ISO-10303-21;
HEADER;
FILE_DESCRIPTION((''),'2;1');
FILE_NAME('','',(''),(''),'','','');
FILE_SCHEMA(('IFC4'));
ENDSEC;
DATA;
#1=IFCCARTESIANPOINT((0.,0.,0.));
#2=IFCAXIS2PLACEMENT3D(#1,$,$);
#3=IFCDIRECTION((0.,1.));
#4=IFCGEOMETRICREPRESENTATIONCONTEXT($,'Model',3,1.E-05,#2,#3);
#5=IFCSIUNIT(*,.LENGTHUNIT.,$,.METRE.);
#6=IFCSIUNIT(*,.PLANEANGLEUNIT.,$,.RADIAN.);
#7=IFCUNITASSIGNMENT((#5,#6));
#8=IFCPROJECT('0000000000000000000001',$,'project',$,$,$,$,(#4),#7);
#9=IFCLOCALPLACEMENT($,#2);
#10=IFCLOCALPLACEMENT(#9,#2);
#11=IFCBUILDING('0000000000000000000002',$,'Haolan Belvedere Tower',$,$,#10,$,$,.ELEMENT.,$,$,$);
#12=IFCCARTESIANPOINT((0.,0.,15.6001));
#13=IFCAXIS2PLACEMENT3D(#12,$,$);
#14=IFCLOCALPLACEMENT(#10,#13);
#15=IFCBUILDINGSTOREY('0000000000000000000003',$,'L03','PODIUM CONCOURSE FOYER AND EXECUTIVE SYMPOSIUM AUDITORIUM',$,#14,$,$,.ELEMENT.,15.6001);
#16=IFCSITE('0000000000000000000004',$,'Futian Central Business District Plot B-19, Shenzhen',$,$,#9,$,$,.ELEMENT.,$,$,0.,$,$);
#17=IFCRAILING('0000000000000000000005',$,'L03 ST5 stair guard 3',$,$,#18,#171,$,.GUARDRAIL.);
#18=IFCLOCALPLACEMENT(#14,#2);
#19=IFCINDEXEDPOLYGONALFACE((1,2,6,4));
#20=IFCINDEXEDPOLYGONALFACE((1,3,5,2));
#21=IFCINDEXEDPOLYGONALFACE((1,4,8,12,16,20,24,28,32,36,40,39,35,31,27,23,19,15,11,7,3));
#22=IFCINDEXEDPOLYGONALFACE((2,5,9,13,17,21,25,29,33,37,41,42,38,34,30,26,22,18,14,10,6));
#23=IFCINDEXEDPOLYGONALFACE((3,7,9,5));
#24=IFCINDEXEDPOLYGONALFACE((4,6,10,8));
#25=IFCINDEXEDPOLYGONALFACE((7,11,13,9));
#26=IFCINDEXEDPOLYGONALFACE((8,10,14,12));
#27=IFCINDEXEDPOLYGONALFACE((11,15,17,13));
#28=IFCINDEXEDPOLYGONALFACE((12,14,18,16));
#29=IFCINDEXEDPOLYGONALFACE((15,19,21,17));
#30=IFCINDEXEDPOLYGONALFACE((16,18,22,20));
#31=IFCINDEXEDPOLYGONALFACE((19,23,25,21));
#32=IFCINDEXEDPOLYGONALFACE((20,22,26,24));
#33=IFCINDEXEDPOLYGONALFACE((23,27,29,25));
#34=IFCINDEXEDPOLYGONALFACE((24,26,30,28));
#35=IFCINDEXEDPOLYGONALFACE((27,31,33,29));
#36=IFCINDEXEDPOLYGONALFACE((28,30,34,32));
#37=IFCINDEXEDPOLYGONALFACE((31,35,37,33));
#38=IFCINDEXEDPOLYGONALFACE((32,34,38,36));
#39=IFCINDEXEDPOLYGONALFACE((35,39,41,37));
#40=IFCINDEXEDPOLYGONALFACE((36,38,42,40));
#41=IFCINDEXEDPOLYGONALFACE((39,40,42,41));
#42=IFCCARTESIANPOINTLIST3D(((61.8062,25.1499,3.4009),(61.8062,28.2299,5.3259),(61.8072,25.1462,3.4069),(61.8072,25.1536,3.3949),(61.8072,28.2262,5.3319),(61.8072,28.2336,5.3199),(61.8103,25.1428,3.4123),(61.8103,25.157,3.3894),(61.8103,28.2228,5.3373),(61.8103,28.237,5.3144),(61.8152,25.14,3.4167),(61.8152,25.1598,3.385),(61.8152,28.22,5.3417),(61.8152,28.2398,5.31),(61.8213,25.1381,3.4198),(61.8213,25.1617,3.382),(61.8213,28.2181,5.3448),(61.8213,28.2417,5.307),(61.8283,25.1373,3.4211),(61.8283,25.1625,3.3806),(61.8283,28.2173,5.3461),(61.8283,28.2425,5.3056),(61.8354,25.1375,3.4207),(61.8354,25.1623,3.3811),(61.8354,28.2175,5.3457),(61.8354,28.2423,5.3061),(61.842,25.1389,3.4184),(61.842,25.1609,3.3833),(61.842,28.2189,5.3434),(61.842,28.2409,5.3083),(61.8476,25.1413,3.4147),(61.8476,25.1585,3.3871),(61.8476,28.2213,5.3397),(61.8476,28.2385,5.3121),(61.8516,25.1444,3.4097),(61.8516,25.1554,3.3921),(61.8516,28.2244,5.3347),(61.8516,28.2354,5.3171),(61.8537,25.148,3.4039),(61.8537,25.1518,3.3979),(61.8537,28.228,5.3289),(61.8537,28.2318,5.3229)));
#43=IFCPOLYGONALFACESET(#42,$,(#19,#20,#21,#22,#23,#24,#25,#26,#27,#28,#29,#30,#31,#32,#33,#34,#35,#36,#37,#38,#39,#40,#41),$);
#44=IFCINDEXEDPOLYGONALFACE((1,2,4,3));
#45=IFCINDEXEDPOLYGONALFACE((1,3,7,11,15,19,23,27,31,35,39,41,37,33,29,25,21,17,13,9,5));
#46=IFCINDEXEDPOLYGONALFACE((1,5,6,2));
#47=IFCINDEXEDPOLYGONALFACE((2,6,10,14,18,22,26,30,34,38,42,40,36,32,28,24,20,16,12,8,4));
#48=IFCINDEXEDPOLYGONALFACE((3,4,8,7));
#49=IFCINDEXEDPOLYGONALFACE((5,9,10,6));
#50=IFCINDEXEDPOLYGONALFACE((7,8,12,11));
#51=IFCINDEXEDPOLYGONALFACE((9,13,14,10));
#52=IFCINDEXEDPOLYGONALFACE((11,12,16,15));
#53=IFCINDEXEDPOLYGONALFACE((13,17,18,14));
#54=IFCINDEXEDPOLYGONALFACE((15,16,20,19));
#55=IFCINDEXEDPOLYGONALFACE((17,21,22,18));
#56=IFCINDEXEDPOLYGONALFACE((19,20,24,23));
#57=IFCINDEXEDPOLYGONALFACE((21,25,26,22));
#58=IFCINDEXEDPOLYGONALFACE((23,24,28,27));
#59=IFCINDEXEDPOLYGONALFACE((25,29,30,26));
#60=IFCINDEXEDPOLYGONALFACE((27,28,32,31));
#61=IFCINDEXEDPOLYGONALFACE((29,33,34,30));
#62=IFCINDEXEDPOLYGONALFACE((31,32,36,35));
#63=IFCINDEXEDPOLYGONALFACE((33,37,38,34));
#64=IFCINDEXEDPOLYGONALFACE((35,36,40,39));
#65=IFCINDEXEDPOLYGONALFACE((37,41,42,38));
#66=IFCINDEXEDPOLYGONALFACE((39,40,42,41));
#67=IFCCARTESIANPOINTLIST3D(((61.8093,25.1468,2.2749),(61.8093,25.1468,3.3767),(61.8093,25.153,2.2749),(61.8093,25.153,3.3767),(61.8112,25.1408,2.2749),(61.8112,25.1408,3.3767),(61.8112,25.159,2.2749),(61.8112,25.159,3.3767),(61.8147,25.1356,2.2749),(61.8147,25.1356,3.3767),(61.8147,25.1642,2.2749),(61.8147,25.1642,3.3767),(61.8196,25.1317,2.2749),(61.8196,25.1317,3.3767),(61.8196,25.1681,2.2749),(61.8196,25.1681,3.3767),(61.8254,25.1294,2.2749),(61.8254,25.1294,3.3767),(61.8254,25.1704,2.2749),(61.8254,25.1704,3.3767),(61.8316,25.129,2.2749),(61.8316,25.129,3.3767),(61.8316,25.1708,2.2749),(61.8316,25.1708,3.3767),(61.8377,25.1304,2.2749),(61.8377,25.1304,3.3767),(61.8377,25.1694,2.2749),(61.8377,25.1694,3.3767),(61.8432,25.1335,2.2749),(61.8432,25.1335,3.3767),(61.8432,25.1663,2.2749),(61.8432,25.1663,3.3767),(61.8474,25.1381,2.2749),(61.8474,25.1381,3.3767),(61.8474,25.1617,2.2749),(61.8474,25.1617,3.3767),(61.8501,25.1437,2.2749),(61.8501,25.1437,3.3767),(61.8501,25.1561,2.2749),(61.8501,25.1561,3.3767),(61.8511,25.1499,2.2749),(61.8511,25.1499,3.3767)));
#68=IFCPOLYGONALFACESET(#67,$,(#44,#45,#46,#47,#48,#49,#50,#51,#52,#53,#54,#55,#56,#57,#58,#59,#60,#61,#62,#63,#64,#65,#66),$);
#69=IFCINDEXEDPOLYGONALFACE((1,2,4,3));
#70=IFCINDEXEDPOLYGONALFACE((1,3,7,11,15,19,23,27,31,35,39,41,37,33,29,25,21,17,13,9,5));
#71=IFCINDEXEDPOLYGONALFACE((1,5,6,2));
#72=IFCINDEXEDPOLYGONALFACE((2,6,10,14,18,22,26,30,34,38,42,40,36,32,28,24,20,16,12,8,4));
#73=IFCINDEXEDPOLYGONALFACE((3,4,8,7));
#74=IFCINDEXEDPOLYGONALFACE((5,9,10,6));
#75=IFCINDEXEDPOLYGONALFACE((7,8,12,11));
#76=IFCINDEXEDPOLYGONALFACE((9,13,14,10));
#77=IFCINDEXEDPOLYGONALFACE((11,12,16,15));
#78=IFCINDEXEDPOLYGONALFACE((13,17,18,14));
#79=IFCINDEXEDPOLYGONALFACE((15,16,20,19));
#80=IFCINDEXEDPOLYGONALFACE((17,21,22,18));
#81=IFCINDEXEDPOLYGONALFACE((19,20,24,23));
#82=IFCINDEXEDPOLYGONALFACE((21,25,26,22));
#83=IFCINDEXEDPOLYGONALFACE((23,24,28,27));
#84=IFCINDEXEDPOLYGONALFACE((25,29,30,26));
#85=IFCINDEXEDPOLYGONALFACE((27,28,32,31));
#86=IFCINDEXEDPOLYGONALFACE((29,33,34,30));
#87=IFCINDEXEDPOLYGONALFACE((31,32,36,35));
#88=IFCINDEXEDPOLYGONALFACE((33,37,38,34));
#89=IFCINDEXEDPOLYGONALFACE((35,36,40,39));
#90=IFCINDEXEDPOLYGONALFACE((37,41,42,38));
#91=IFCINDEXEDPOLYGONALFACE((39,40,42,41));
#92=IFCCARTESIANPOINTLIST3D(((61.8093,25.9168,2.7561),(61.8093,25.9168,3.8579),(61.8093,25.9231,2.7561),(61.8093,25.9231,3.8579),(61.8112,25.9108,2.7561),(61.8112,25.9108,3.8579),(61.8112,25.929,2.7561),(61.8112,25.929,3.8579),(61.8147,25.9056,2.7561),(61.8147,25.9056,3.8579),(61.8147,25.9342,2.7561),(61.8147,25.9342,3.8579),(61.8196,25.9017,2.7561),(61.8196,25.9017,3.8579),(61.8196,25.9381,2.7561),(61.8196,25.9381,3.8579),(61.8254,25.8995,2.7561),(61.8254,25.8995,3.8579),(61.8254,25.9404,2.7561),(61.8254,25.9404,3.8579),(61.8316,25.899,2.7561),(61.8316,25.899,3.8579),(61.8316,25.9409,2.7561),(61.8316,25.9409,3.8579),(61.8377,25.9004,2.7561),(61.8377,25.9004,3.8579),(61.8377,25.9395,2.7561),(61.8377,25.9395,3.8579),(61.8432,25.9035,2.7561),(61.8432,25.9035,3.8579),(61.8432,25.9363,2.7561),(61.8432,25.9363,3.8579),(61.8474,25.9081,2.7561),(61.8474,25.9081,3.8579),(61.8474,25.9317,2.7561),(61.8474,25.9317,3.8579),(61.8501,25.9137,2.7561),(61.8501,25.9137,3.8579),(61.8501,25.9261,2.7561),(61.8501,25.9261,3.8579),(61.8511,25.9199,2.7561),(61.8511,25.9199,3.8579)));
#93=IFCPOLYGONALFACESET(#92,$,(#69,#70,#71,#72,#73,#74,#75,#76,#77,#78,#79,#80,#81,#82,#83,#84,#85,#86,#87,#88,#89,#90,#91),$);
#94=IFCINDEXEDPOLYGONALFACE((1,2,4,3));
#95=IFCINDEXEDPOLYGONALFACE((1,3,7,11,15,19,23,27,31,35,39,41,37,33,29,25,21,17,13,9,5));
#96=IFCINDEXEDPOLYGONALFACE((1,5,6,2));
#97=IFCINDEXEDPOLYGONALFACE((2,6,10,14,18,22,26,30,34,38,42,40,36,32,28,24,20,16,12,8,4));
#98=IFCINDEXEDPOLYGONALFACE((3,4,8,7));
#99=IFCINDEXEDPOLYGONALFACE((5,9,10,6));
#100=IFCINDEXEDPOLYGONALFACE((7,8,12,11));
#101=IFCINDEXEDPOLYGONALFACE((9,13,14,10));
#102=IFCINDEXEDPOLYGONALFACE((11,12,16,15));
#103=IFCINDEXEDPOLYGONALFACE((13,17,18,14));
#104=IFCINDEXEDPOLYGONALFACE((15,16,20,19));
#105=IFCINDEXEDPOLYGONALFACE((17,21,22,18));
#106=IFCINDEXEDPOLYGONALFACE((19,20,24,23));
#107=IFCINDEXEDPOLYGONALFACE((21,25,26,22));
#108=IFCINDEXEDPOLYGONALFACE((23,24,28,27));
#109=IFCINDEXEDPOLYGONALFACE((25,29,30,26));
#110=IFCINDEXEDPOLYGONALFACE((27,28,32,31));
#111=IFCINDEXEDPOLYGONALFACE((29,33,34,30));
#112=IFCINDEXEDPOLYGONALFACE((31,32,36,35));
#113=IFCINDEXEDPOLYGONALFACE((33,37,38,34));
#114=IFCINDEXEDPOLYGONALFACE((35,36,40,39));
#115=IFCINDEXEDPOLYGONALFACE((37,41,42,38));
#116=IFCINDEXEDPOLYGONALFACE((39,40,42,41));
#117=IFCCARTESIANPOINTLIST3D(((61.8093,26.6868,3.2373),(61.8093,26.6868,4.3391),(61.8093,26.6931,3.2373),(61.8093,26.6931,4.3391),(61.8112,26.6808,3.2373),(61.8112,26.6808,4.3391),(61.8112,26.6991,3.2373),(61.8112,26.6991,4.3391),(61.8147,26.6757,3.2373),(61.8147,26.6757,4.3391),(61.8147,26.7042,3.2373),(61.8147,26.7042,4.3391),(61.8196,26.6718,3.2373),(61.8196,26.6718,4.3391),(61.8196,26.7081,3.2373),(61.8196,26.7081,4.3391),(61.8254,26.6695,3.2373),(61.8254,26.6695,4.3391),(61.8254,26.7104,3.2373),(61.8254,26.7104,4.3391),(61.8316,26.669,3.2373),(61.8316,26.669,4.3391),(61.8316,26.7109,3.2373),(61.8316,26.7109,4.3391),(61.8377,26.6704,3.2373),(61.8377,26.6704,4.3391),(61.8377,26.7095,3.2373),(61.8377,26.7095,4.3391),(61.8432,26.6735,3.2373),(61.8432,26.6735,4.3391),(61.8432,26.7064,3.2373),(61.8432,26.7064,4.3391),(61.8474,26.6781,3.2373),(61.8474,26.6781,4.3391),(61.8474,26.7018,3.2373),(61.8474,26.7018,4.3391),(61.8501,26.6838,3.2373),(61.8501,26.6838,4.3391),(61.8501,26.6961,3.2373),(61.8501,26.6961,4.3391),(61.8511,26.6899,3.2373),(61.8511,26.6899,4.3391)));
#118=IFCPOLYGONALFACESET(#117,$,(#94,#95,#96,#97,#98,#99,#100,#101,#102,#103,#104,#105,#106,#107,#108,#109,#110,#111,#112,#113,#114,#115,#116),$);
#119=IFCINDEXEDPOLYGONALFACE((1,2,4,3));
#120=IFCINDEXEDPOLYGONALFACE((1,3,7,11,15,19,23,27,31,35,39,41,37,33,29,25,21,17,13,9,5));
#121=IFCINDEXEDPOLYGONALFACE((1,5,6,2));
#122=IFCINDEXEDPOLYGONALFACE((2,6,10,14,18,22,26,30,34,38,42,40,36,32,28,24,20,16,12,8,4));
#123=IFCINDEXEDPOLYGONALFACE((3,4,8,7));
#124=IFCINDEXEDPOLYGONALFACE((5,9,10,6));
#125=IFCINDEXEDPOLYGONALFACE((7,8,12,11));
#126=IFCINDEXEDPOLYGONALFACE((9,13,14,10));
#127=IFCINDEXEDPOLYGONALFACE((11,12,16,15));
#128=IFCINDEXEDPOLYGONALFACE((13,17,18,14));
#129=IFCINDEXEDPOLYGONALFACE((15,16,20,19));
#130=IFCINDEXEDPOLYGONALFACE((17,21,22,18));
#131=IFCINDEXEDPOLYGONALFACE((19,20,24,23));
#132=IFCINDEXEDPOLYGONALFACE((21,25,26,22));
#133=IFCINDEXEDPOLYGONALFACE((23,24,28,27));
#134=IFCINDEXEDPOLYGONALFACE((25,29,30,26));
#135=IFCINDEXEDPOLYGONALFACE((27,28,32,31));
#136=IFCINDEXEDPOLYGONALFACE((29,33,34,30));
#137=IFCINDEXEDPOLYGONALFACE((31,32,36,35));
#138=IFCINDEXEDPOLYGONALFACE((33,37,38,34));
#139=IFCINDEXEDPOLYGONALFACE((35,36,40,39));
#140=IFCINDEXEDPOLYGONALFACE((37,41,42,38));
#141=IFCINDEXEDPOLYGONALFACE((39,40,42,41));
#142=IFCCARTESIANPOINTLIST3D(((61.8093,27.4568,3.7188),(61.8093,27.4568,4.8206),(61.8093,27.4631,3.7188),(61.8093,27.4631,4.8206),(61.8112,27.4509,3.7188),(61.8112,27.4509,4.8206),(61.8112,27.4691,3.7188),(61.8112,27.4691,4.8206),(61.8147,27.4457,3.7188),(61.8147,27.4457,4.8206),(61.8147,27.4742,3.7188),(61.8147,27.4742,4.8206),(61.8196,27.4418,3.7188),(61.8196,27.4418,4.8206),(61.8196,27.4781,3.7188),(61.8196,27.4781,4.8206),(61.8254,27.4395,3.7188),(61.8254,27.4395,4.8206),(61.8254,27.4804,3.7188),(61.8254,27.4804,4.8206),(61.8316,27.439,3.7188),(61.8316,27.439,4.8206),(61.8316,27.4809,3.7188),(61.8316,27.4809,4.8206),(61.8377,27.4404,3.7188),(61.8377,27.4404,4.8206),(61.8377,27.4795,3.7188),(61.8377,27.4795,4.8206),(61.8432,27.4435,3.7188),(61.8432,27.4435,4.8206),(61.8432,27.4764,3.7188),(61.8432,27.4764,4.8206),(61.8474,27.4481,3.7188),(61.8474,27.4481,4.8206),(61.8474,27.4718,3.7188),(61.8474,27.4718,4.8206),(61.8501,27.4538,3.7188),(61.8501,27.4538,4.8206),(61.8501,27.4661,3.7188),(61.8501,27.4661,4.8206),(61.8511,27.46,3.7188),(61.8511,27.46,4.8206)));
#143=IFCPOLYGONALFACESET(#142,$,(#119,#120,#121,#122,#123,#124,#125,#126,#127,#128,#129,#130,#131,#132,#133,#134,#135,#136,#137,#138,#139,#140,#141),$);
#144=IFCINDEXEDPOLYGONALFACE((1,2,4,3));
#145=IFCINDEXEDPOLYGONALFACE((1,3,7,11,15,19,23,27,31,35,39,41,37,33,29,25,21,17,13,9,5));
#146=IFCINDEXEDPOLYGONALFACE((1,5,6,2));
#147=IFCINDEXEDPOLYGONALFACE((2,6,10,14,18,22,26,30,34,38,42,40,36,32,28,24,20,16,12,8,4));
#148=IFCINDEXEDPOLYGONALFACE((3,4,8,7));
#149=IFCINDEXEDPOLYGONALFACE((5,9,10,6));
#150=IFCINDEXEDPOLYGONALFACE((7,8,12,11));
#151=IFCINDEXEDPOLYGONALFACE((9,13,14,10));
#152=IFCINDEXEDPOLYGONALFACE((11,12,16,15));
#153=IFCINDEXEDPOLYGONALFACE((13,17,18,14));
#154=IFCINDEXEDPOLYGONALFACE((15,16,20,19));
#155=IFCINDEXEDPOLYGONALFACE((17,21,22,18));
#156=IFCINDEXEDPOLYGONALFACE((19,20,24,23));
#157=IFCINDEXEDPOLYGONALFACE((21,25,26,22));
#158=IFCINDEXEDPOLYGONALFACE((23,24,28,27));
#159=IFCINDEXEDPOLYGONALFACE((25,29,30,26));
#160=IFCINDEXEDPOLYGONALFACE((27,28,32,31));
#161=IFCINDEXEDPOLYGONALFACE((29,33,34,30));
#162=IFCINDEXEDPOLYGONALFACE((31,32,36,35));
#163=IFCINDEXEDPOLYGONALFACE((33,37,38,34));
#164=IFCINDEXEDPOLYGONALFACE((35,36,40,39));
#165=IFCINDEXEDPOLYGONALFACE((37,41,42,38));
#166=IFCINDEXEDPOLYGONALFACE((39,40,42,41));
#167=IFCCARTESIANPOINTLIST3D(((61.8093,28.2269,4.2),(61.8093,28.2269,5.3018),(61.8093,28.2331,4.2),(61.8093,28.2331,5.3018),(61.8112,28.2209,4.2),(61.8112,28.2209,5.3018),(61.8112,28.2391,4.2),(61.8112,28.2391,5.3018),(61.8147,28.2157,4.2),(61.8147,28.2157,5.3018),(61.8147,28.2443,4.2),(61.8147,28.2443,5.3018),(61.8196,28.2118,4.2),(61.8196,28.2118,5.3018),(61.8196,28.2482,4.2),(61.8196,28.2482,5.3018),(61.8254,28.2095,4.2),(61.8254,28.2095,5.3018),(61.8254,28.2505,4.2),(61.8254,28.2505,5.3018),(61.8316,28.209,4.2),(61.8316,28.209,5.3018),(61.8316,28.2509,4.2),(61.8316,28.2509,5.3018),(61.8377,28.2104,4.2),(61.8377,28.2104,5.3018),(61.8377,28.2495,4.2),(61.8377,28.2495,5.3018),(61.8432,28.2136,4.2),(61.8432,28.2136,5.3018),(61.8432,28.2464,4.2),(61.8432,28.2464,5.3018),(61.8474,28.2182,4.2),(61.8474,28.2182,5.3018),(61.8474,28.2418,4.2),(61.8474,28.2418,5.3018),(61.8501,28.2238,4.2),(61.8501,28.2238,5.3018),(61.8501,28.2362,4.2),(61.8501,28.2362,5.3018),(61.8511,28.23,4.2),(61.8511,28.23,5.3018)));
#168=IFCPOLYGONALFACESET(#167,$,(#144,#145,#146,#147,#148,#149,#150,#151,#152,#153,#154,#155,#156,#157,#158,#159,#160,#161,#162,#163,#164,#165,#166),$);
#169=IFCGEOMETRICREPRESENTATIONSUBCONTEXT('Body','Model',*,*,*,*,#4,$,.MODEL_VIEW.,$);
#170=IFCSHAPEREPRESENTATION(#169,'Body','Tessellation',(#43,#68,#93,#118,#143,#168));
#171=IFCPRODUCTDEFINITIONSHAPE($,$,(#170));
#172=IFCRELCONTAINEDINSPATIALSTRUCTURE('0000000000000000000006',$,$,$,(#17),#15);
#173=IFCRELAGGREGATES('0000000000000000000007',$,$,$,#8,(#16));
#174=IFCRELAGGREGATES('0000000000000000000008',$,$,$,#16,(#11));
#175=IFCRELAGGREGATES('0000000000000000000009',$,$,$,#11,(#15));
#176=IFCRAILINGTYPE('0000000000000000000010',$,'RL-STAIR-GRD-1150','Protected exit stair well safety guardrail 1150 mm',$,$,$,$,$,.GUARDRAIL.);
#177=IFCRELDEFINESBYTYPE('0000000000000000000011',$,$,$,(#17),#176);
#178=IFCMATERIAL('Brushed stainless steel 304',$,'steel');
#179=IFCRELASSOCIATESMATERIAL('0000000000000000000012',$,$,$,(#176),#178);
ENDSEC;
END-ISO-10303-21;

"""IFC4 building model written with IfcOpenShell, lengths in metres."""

from ifc_helpers import new_model, si_unit, direction, frame, origin, origin_2d, place, context, subcontext, project, spatial, circle, extrude, material, type_object, element, save


model = new_model("IFC4")

# Units and contexts
model_context = context("Model", 3, precision=1e-05, world=origin(), true_north=direction((0.0, 1.0)))
body_context = subcontext(model_context, "Body", "Model", "MODEL_VIEW")
ifc_project = project(units=[si_unit("LENGTHUNIT", "METRE"), si_unit("PLANEANGLEUNIT", "RADIAN")], contexts=[model_context])

# Site, building, storey
site_placement = place(None, origin())
site = spatial("IfcSite", under=ifc_project, at=site_placement, Name="Futian Central Business District Plot B-19, Shenzhen", CompositionType="ELEMENT", RefElevation=0.0)
building_placement = place(site_placement, origin())
building = spatial("IfcBuilding", under=site, at=building_placement, Name="Haolan Belvedere Tower", CompositionType="ELEMENT")
storey_placement = place(building_placement, frame((0.0, 0.0, 15.6001)))
storey = spatial("IfcBuildingStorey", under=building, at=storey_placement, Name="L03", Description="PODIUM CONCOURSE FOYER AND EXECUTIVE SYMPOSIUM AUDITORIUM", CompositionType="ELEMENT", Elevation=15.6001)

# Railing
ifc_material_1 = material(Name="Brushed stainless steel 304", Category="steel")
railing_type_1 = type_object("IfcRailingType", Name="RL-STAIR-GRD-1150", Description="Protected exit stair well safety guardrail 1150 mm", PredefinedType="GUARDRAIL", material=ifc_material_1)
railing_1_placement = place(storey_placement, frame((61.8301, 25.1499, 2.2749)))
element("IfcRailing", 1, at=railing_1_placement, inside=storey, type_object=railing_type_1, Name="L03 ST5 stair guard 3", PredefinedType="GUARDRAIL", context=body_context, shape_type="SweptSolid", body=[
    extrude(circle(Radius=0.0239, at=origin_2d()), frame((0.0, 0.0, 1.126), z_axis=(0.0, 0.847998, 0.529999), x_axis=(-1.0, 0.0, 0.0)), (0.0, 0.0, 1.0), 3.6321),
    extrude(circle(Radius=0.021, at=origin_2d()), origin(), (0.0, 0.0, 1.0), 1.1018),
    extrude(circle(Radius=0.021, at=origin_2d()), frame((0.0, 0.77, 0.4812)), (0.0, 0.0, 1.0), 1.1018),
    extrude(circle(Radius=0.021, at=origin_2d()), frame((0.0, 1.54, 0.9624)), (0.0, 0.0, 1.0), 1.1018),
    extrude(circle(Radius=0.021, at=origin_2d()), frame((0.0, 2.3101, 1.4438)), (0.0, 0.0, 1.0), 1.1018),
    extrude(circle(Radius=0.021, at=origin_2d()), frame((0.0, 3.0801, 1.925)), (0.0, 0.0, 1.0), 1.1018),
])

save(model, "model.ifc")
